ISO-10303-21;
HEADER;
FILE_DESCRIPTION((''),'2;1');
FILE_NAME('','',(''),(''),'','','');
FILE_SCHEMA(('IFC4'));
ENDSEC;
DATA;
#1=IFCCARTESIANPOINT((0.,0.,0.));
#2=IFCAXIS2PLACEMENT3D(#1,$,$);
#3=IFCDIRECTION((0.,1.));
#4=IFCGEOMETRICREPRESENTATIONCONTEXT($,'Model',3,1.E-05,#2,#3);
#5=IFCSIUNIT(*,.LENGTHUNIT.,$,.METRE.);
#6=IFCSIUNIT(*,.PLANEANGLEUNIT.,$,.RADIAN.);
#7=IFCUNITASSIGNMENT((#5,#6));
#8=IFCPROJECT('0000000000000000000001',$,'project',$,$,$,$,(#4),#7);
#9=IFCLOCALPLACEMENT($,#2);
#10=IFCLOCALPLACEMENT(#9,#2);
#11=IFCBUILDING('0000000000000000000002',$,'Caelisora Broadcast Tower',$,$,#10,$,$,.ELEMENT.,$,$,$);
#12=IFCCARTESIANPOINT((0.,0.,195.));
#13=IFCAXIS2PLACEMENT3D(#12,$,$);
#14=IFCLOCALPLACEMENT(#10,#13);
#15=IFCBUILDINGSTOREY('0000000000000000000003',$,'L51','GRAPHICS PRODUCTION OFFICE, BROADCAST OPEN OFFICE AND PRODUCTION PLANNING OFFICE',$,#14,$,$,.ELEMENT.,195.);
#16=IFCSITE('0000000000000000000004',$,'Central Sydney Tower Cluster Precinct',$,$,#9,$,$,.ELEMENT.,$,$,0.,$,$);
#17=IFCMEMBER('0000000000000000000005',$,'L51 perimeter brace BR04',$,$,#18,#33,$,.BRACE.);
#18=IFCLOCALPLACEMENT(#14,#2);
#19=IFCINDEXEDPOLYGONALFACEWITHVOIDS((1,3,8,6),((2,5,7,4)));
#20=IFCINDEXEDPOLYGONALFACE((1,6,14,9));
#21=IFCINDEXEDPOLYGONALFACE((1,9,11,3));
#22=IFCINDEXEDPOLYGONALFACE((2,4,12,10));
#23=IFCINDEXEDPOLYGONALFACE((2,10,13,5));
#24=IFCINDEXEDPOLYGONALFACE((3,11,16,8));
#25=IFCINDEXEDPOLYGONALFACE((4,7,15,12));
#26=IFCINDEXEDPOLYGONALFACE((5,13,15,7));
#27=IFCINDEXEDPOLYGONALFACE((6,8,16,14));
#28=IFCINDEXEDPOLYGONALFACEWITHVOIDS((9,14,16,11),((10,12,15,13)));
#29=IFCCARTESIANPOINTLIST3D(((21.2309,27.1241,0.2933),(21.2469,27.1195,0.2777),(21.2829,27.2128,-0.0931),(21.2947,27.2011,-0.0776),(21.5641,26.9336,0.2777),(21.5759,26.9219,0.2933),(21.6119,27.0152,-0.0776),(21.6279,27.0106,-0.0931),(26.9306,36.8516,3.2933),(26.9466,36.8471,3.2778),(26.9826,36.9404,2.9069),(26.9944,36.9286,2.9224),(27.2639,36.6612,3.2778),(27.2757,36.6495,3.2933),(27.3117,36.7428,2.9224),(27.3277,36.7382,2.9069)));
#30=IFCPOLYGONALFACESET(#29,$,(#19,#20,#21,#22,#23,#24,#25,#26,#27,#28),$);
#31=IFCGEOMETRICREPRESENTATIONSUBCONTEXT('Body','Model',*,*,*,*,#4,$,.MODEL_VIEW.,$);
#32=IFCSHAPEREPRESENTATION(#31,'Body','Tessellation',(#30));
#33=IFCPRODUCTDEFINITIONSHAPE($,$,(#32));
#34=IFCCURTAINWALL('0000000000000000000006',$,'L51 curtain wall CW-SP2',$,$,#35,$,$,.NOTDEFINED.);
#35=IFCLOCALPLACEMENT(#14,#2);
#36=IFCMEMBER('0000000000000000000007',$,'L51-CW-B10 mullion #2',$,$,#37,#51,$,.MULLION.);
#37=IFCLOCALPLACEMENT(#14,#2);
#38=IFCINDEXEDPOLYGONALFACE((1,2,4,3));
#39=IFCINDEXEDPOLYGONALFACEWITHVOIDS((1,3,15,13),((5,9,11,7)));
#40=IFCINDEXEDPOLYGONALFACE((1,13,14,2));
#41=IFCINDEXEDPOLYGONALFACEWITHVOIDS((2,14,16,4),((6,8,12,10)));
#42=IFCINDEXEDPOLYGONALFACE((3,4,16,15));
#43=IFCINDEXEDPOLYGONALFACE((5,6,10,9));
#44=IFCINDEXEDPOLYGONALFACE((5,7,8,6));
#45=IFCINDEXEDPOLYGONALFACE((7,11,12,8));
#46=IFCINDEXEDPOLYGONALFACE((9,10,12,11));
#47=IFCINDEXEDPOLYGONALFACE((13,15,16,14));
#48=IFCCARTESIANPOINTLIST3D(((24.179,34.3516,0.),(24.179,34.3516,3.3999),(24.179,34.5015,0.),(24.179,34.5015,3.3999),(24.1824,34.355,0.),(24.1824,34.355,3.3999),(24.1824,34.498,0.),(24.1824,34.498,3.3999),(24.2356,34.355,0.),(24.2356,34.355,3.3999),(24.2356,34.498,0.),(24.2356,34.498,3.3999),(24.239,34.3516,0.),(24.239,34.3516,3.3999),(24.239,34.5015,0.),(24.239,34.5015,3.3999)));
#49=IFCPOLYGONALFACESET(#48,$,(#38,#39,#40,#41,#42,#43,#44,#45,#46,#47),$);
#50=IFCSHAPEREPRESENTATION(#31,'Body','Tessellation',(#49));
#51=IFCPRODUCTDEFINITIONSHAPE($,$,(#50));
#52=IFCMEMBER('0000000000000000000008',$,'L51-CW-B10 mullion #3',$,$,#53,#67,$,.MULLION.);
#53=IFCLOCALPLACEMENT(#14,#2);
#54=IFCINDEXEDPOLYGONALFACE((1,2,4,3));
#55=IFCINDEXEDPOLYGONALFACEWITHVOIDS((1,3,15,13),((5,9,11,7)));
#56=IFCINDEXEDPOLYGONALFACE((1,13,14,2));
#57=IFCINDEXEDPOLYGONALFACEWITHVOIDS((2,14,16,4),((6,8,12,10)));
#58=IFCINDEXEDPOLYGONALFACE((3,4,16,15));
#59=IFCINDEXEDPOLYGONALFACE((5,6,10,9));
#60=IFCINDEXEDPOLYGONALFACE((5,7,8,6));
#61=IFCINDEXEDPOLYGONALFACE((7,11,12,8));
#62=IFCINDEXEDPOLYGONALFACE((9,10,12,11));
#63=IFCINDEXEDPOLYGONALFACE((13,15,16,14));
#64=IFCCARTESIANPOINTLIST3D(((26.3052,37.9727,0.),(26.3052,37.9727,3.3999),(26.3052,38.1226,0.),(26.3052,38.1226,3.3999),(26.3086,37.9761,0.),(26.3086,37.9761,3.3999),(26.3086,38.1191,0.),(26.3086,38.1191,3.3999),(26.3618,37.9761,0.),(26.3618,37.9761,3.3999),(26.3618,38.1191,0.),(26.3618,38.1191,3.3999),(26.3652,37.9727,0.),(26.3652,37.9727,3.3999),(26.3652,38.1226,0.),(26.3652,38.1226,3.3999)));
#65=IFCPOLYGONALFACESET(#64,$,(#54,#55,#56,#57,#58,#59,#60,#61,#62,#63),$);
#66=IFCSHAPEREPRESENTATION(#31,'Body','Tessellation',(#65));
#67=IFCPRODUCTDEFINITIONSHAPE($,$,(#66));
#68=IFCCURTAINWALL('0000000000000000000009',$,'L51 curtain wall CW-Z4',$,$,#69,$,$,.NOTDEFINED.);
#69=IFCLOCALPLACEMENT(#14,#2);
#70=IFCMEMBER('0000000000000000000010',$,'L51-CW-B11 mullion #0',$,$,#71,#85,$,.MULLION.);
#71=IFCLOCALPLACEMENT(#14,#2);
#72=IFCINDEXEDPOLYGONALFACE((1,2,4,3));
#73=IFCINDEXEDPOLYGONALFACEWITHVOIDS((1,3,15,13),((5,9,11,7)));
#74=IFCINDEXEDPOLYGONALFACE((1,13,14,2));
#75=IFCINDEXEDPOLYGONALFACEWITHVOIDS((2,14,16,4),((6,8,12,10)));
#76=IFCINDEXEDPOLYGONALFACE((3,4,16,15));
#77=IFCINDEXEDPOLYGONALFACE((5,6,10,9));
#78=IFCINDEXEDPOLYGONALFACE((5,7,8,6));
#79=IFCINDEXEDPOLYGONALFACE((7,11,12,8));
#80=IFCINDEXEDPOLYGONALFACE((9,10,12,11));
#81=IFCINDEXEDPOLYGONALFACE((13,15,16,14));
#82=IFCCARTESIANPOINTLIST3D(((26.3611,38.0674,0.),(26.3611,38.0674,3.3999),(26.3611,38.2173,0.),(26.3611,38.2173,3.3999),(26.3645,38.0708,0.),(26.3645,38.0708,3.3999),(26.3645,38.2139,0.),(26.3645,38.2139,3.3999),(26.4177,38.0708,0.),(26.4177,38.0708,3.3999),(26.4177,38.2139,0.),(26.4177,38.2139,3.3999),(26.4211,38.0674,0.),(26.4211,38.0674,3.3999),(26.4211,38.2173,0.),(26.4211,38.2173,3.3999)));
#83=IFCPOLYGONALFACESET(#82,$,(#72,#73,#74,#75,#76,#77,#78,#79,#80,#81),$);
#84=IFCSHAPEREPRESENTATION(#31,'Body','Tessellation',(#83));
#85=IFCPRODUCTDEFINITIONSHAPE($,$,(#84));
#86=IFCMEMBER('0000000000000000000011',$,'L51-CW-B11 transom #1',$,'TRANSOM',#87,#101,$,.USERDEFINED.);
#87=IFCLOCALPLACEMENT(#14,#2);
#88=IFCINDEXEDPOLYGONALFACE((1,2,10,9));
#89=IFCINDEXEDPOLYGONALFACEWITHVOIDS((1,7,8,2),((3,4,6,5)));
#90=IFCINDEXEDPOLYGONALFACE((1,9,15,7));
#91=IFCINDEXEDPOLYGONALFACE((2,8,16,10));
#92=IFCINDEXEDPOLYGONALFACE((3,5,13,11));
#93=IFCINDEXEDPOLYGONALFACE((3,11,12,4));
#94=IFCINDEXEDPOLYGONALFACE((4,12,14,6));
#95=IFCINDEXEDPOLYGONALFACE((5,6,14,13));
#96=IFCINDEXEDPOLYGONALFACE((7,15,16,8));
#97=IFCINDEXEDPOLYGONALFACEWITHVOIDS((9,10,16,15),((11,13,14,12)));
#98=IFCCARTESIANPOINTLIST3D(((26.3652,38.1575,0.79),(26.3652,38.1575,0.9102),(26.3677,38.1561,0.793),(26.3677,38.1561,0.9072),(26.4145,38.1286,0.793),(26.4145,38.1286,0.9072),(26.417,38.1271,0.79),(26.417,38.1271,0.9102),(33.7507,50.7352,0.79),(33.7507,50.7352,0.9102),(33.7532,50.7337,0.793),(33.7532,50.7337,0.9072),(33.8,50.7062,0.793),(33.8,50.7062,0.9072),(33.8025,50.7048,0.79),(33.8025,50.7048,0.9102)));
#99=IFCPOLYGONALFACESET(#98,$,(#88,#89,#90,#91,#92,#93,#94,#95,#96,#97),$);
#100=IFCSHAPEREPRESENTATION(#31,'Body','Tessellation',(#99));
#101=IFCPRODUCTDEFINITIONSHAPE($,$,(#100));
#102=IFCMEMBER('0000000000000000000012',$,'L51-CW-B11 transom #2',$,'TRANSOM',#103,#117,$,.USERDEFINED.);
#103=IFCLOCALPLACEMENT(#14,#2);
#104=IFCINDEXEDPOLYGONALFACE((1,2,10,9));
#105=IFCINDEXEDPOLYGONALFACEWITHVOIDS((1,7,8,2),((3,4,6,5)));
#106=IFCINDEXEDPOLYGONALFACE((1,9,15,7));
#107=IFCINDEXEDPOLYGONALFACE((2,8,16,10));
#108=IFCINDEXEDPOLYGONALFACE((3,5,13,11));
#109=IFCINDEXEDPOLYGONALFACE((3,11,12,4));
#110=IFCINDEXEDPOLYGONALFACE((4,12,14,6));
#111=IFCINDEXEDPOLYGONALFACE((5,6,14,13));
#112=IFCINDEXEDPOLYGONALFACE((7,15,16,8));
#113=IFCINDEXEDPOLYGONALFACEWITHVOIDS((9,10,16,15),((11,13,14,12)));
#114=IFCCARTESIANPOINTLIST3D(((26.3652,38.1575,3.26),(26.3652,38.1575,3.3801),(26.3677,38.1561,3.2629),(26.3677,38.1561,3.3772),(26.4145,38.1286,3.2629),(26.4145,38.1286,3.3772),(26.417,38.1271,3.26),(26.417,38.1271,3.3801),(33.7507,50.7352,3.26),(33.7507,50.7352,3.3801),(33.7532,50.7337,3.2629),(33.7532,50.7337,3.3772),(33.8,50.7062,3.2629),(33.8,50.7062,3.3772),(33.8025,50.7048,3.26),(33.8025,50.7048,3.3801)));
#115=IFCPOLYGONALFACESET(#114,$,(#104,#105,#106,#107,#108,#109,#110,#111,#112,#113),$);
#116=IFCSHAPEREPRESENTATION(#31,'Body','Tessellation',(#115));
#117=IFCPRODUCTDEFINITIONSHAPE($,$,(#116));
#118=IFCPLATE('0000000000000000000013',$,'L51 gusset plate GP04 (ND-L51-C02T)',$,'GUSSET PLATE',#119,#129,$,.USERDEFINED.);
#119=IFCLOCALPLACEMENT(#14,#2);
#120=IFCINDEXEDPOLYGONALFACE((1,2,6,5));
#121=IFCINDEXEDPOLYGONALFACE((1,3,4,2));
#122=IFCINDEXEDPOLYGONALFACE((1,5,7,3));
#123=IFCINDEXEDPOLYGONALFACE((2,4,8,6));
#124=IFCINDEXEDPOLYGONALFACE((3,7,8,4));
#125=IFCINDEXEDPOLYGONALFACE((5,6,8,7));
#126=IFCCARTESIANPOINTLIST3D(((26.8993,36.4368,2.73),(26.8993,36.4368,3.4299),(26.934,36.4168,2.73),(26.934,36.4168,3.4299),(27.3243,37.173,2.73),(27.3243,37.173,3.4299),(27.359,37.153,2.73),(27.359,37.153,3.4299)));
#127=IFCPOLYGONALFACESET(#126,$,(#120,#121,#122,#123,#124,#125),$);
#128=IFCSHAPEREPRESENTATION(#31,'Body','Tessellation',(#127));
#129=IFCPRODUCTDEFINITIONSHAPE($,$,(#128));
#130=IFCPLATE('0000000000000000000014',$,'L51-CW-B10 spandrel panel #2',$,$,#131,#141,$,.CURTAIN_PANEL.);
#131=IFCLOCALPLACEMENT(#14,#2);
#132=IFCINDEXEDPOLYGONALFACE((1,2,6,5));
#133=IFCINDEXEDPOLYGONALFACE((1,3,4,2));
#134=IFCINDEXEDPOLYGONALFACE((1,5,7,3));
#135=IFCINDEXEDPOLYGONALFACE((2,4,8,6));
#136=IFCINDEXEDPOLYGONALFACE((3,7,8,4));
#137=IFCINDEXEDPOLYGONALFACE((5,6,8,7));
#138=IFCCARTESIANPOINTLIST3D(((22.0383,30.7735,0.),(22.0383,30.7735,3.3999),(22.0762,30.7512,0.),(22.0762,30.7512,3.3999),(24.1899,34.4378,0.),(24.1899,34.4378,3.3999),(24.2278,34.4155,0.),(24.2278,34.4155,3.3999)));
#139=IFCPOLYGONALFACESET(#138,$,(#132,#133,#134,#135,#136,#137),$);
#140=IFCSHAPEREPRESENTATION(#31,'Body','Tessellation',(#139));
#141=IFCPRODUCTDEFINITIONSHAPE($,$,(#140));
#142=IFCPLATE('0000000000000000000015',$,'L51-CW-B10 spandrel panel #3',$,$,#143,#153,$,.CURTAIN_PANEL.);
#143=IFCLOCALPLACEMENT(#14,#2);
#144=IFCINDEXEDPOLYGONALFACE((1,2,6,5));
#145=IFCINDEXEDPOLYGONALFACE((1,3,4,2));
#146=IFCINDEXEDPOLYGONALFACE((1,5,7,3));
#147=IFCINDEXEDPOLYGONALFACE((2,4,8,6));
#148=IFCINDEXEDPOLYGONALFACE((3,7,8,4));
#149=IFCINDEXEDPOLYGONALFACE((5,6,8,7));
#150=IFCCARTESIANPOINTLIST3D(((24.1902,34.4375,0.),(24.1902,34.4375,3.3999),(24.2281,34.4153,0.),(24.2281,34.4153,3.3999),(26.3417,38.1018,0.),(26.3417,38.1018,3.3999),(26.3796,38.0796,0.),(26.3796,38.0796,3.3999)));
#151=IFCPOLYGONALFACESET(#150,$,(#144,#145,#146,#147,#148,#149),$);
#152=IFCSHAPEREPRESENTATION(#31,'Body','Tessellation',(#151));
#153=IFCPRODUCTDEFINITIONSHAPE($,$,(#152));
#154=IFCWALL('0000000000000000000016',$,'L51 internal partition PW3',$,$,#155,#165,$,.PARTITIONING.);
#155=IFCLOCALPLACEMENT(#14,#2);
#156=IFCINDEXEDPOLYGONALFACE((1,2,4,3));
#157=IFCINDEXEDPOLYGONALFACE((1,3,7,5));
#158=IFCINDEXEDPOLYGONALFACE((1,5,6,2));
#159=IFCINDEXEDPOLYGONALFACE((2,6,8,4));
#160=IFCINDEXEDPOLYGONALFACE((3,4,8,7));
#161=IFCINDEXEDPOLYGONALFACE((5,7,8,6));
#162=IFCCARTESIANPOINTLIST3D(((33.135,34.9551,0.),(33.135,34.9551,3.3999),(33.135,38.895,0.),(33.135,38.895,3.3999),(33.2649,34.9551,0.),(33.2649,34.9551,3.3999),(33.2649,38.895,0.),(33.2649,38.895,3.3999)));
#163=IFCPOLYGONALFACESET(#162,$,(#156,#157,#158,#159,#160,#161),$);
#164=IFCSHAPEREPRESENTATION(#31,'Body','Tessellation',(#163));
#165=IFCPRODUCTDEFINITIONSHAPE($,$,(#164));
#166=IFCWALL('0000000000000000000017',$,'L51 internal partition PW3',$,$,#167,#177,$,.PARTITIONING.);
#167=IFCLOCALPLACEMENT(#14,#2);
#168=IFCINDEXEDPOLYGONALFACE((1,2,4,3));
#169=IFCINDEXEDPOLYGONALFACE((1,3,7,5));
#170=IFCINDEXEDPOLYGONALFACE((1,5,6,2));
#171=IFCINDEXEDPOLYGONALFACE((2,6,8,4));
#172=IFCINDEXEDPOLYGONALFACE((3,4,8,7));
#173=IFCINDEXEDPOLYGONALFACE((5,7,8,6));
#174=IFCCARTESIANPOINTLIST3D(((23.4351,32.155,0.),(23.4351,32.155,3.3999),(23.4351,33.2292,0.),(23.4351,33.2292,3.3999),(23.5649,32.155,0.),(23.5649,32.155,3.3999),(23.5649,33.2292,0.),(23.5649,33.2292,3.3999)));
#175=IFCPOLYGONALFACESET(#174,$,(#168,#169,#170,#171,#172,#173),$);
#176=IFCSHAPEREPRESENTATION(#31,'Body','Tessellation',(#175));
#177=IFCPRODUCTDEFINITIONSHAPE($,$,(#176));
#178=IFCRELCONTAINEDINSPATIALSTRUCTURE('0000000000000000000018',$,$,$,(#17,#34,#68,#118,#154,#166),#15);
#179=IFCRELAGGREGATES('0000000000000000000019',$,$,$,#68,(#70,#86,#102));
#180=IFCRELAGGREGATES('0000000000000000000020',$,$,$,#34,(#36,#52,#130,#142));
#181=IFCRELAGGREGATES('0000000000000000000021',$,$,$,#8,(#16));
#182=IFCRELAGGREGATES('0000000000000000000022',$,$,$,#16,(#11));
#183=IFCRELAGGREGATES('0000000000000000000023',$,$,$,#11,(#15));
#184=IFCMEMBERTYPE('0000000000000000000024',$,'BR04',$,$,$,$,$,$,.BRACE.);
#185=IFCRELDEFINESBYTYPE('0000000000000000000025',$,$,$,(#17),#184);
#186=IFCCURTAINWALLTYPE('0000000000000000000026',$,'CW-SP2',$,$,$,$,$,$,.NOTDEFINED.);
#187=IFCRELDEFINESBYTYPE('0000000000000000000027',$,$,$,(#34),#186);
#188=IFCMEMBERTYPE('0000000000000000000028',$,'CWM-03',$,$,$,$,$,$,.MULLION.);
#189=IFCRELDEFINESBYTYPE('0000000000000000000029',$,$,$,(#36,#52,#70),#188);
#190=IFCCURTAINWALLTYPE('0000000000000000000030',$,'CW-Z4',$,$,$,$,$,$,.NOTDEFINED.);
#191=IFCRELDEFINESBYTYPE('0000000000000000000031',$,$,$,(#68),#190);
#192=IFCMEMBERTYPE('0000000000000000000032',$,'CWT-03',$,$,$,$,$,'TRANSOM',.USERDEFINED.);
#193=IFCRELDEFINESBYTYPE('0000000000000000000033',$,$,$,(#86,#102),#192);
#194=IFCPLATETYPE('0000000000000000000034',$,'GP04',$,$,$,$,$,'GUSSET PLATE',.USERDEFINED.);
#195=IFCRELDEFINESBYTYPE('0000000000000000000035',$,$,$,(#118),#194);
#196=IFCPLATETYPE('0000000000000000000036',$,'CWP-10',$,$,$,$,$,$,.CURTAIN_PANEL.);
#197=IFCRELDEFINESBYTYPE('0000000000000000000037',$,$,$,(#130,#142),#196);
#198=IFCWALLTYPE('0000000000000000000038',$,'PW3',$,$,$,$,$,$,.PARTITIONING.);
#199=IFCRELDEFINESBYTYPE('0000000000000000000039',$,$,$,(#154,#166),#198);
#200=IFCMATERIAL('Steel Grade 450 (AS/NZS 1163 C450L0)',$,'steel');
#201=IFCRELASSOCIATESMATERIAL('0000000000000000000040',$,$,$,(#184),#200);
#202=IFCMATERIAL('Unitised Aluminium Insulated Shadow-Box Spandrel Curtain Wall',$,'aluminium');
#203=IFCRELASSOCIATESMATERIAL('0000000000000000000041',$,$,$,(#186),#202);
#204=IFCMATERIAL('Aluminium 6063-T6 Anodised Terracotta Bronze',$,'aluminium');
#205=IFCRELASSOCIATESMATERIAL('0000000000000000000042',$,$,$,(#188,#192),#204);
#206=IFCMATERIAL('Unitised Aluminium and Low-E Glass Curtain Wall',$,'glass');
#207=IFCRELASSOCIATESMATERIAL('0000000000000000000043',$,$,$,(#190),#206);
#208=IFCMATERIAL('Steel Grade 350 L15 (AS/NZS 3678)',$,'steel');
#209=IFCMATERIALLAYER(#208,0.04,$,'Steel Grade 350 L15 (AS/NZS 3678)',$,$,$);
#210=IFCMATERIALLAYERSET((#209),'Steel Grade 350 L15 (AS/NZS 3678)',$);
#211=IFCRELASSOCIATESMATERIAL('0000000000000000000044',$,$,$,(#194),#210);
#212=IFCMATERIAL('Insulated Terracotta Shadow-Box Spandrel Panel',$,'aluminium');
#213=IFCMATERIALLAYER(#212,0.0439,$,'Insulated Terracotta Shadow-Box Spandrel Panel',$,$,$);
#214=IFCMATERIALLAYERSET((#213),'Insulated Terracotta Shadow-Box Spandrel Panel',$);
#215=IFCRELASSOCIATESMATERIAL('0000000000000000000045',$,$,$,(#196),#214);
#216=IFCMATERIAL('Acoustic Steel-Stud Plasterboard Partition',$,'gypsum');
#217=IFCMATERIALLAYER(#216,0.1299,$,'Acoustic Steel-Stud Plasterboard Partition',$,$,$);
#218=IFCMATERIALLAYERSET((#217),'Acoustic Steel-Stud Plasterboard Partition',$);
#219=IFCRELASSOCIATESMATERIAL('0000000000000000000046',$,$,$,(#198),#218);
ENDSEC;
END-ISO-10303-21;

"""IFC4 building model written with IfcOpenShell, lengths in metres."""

from ifc_helpers import new_model, si_unit, direction, frame, frame_2d, origin, origin_2d, place, context, subcontext, project, spatial, rectangle, hollow_rectangle, extrude, source, transform, mapped, material, layer, layer_set, material_profile, profile_set, type_object, type_shapes, element, aggregate, save


model = new_model("IFC4")

# Units and contexts
model_context = context("Model", 3, precision=1e-05, world=origin(), true_north=direction((0.0, 1.0)))
body_context = subcontext(model_context, "Body", "Model", "MODEL_VIEW")
ifc_project = project(units=[si_unit("LENGTHUNIT", "METRE"), si_unit("PLANEANGLEUNIT", "RADIAN")], contexts=[model_context])

# Site, building, storey
site_placement = place(None, origin())
site = spatial("IfcSite", under=ifc_project, at=site_placement, Name="Central Sydney Tower Cluster Precinct", CompositionType="ELEMENT", RefElevation=0.0)
building_placement = place(site_placement, origin())
building = spatial("IfcBuilding", under=site, at=building_placement, Name="Caelisora Broadcast Tower", CompositionType="ELEMENT")
storey_placement = place(building_placement, frame((0.0, 0.0, 195.0)))
storey = spatial("IfcBuildingStorey", under=building, at=storey_placement, Name="L51", Description="GRAPHICS PRODUCTION OFFICE, BROADCAST OPEN OFFICE AND PRODUCTION PLANNING OFFICE", CompositionType="ELEMENT", Elevation=195.0)

# Shared definitions
ifc_material_1 = material(Name="Steel Grade 350 L15 (AS/NZS 3678)", Category="steel")

# Member
ifc_material_2 = material(Name="Steel Grade 450 (AS/NZS 1163 C450L0)", Category="steel")
ifc_material_profile_1 = material_profile(ifc_material_2, hollow_rectangle(XDim=0.3999, YDim=0.3999, WallThickness=0.0161, at=origin_2d()), Name="Steel Grade 450 (AS/NZS 1163 C450L0)")
ifc_profile_set_1 = profile_set([ifc_material_profile_1], Name="Steel Grade 450 (AS/NZS 1163 C450L0)")
member_type_1 = type_object("IfcMemberType", Name="BR04", PredefinedType="BRACE", material=ifc_profile_set_1)
shared_shape_1 = source(origin(), body_context, "Body", "SweptSolid", [
    extrude(hollow_rectangle(XDim=0.3999, YDim=0.3999, WallThickness=0.0161, at=origin_2d()), origin(), (0.0, 0.0, 1.0), 11.6667),
])
type_shapes(member_type_1, [shared_shape_1])
member_1_placement = place(storey_placement, frame((27.1292, 36.7949, 3.1001), z_axis=(-0.488545, -0.833787, -0.257142), x_axis=(0.8628, -0.505545, 0.0)))
element("IfcMember", 1, at=member_1_placement, inside=storey, type_object=member_type_1, Name="L51 perimeter brace BR04", PredefinedType="BRACE", context=body_context, shape_type="MappedRepresentation", body=[
    mapped(shared_shape_1, transform((0.0, 0.0, 0.0), scale=1.0)),
])

# Curtain walls, members
ifc_material_3 = material(Name="Unitised Aluminium Insulated Shadow-Box Spandrel Curtain Wall", Category="aluminium")
curtain_wall_type_1 = type_object("IfcCurtainWallType", Name="CW-SP2", PredefinedType="NOTDEFINED", material=ifc_material_3)
curtain_wall_1_placement = place(storey_placement, origin())
curtain_wall_1 = element("IfcCurtainWall", 2, at=curtain_wall_1_placement, inside=storey, type_object=curtain_wall_type_1, Name="L51 curtain wall CW-SP2", PredefinedType="NOTDEFINED")
ifc_material_4 = material(Name="Aluminium 6063-T6 Anodised Terracotta Bronze", Category="aluminium")
ifc_material_profile_2 = material_profile(ifc_material_4, hollow_rectangle(XDim=0.0601, YDim=0.1499, WallThickness=0.0034, at=origin_2d()), Name="Aluminium 6063-T6 Anodised Terracotta Bronze")
ifc_profile_set_2 = profile_set([ifc_material_profile_2], Name="Aluminium 6063-T6 Anodised Terracotta Bronze")
member_type_2 = type_object("IfcMemberType", Name="CWM-03", PredefinedType="MULLION", material=ifc_profile_set_2)
shared_shape_2 = source(origin(), body_context, "Body", "SweptSolid", [
    extrude(hollow_rectangle(XDim=0.0601, YDim=0.1499, WallThickness=0.0034, at=origin_2d()), origin(), (0.0, 0.0, 1.0), 3.3999),
])
type_shapes(member_type_2, [shared_shape_2])
member_2_placement = place(storey_placement, frame((24.209, 34.4265, 0.0), z_axis=(0.0, 0.0, 1.0), x_axis=(1.0, 0.0, 0.0)))
member_2 = element("IfcMember", 3, at=member_2_placement, type_object=member_type_2, Name="L51-CW-B10 mullion #2", PredefinedType="MULLION", context=body_context, shape_type="MappedRepresentation", body=[
    mapped(shared_shape_2, transform((0.0, 0.0, 0.0), scale=1.0)),
])
member_3_placement = place(storey_placement, frame((26.3352, 38.0476, 0.0), z_axis=(0.0, 0.0, 1.0), x_axis=(1.0, 0.0, 0.0)))
member_3 = element("IfcMember", 4, at=member_3_placement, type_object=member_type_2, Name="L51-CW-B10 mullion #3", PredefinedType="MULLION", context=body_context, shape_type="MappedRepresentation", body=[
    mapped(shared_shape_2, transform((0.0, 0.0, 0.0), scale=1.0)),
])
ifc_material_5 = material(Name="Unitised Aluminium and Low-E Glass Curtain Wall", Category="glass")
curtain_wall_type_2 = type_object("IfcCurtainWallType", Name="CW-Z4", PredefinedType="NOTDEFINED", material=ifc_material_5)
curtain_wall_2_placement = place(storey_placement, origin())
curtain_wall_2 = element("IfcCurtainWall", 5, at=curtain_wall_2_placement, inside=storey, type_object=curtain_wall_type_2, Name="L51 curtain wall CW-Z4", PredefinedType="NOTDEFINED")
member_4_placement = place(storey_placement, frame((26.3911, 38.1423, 0.0), z_axis=(0.0, 0.0, 1.0), x_axis=(1.0, 0.0, 0.0)))
member_4 = element("IfcMember", 6, at=member_4_placement, type_object=member_type_2, Name="L51-CW-B11 mullion #0", PredefinedType="MULLION", context=body_context, shape_type="MappedRepresentation", body=[
    mapped(shared_shape_2, transform((0.0, 0.0, 0.0), scale=1.0)),
])
ifc_material_profile_3 = material_profile(ifc_material_4, hollow_rectangle(XDim=0.0601, YDim=0.1201, WallThickness=0.0029, at=origin_2d()), Name="Aluminium 6063-T6 Anodised Terracotta Bronze")
ifc_profile_set_3 = profile_set([ifc_material_profile_3], Name="Aluminium 6063-T6 Anodised Terracotta Bronze")
member_type_3 = type_object("IfcMemberType", Name="CWT-03", ElementType="TRANSOM", PredefinedType="USERDEFINED", material=ifc_profile_set_3)
shared_shape_3 = source(origin(), body_context, "Body", "SweptSolid", [
    extrude(hollow_rectangle(XDim=0.0601, YDim=0.1201, WallThickness=0.0029, at=origin_2d()), origin(), (0.0, 0.0, 1.0), 14.5857),
])
type_shapes(member_type_3, [shared_shape_3])
member_5_placement = place(storey_placement, frame((26.3911, 38.1423, 0.8501), z_axis=(0.506352, 0.862327, 0.0), x_axis=(-0.862327, 0.506352, 0.0)))
member_5 = element("IfcMember", 7, at=member_5_placement, type_object=member_type_3, Name="L51-CW-B11 transom #1", ObjectType="TRANSOM", PredefinedType="USERDEFINED", context=body_context, shape_type="MappedRepresentation", body=[
    mapped(shared_shape_3, transform((0.0, 0.0, 0.0), scale=1.0)),
])
member_6_placement = place(storey_placement, frame((26.3911, 38.1423, 3.3201), z_axis=(0.506352, 0.862327, 0.0), x_axis=(-0.862327, 0.506352, 0.0)))
member_6 = element("IfcMember", 8, at=member_6_placement, type_object=member_type_3, Name="L51-CW-B11 transom #2", ObjectType="TRANSOM", PredefinedType="USERDEFINED", context=body_context, shape_type="MappedRepresentation", body=[
    mapped(shared_shape_3, transform((0.0, 0.0, 0.0), scale=1.0)),
])
aggregate(curtain_wall_2, [member_4, member_5, member_6])

# Plates
ifc_layer_1 = layer(ifc_material_1, 0.04, Name="Steel Grade 350 L15 (AS/NZS 3678)")
ifc_layer_set_1 = layer_set([ifc_layer_1], Name="Steel Grade 350 L15 (AS/NZS 3678)")
plate_type_1 = type_object("IfcPlateType", Name="GP04", ElementType="GUSSET PLATE", PredefinedType="USERDEFINED", material=ifc_layer_set_1)
shared_shape_4 = source(origin(), body_context, "Body", "SweptSolid", [
    extrude(rectangle(XDim=0.8501, YDim=0.04, at=origin_2d()), origin(), (0.0, 0.0, 1.0), 0.7),
])
type_shapes(plate_type_1, [shared_shape_4])
plate_1_placement = place(storey_placement, frame((27.1292, 36.7949, 2.73), z_axis=(0.0, 0.0, 1.0), x_axis=(-0.5, -0.866025, 0.0)))
element("IfcPlate", 9, at=plate_1_placement, inside=storey, type_object=plate_type_1, Name="L51 gusset plate GP04 (ND-L51-C02T)", ObjectType="GUSSET PLATE", PredefinedType="USERDEFINED", context=body_context, shape_type="MappedRepresentation", body=[
    mapped(shared_shape_4, transform((0.0, 0.0, 0.0), scale=1.0)),
])
ifc_material_6 = material(Name="Insulated Terracotta Shadow-Box Spandrel Panel", Category="aluminium")
ifc_layer_2 = layer(ifc_material_6, 0.0439, Name="Insulated Terracotta Shadow-Box Spandrel Panel")
ifc_layer_set_2 = layer_set([ifc_layer_2], Name="Insulated Terracotta Shadow-Box Spandrel Panel")
plate_type_2 = type_object("IfcPlateType", Name="CWP-10", PredefinedType="CURTAIN_PANEL", material=ifc_layer_set_2)
shared_shape_5 = source(origin(), body_context, "Body", "SweptSolid", [
    extrude(rectangle(XDim=4.2493, YDim=0.0439, at=origin_2d()), origin(), (0.0, 0.0, 1.0), 3.3999),
])
type_shapes(plate_type_2, [shared_shape_5])
plate_2_placement = place(storey_placement, frame((23.1331, 32.5945, 0.0), z_axis=(0.0, 0.0, 1.0), x_axis=(0.506335, 0.862337, 0.0)))
plate_2 = element("IfcPlate", 10, at=plate_2_placement, type_object=plate_type_2, Name="L51-CW-B10 spandrel panel #2", PredefinedType="CURTAIN_PANEL", context=body_context, shape_type="MappedRepresentation", body=[
    mapped(shared_shape_5, transform((0.0, 0.0, 0.0), scale=1.0)),
])
plate_3_placement = place(storey_placement, frame((25.2849, 36.2585, 0.0), z_axis=(0.0, 0.0, 1.0), x_axis=(0.506335, 0.862337, 0.0)))
plate_3 = element("IfcPlate", 11, at=plate_3_placement, type_object=plate_type_2, Name="L51-CW-B10 spandrel panel #3", PredefinedType="CURTAIN_PANEL", context=body_context, shape_type="MappedRepresentation", body=[
    mapped(shared_shape_5, transform((0.0, 0.0, 0.0), scale=1.0)),
])
aggregate(curtain_wall_1, [member_2, member_3, plate_2, plate_3])

# Walls
ifc_material_7 = material(Name="Acoustic Steel-Stud Plasterboard Partition", Category="gypsum")
ifc_layer_3 = layer(ifc_material_7, 0.1299, Name="Acoustic Steel-Stud Plasterboard Partition")
ifc_layer_set_3 = layer_set([ifc_layer_3], Name="Acoustic Steel-Stud Plasterboard Partition")
wall_type_1 = type_object("IfcWallType", Name="PW3", PredefinedType="PARTITIONING", material=ifc_layer_set_3)
wall_1_placement = place(storey_placement, frame((33.2, 34.9551, 0.0), z_axis=(0.0, 0.0, 1.0), x_axis=(0.0, 1.0, 0.0)))
element("IfcWall", 12, at=wall_1_placement, inside=storey, type_object=wall_type_1, Name="L51 internal partition PW3", PredefinedType="PARTITIONING", context=body_context, shape_type="SweptSolid", body=[
    extrude(rectangle(XDim=3.9399, YDim=0.1299, at=frame_2d((1.97, 0.0))), origin(), (0.0, 0.0, 1.0), 3.3999),
])
wall_2_placement = place(storey_placement, frame((23.5, 32.155, 0.0), z_axis=(0.0, 0.0, 1.0), x_axis=(0.0, 1.0, 0.0)))
element("IfcWall", 13, at=wall_2_placement, inside=storey, type_object=wall_type_1, Name="L51 internal partition PW3", PredefinedType="PARTITIONING", context=body_context, shape_type="SweptSolid", body=[
    extrude(rectangle(XDim=1.0742, YDim=0.1299, at=frame_2d((0.5371, 0.0))), origin(), (0.0, 0.0, 1.0), 3.3999),
])

save(model, "model.ifc")
